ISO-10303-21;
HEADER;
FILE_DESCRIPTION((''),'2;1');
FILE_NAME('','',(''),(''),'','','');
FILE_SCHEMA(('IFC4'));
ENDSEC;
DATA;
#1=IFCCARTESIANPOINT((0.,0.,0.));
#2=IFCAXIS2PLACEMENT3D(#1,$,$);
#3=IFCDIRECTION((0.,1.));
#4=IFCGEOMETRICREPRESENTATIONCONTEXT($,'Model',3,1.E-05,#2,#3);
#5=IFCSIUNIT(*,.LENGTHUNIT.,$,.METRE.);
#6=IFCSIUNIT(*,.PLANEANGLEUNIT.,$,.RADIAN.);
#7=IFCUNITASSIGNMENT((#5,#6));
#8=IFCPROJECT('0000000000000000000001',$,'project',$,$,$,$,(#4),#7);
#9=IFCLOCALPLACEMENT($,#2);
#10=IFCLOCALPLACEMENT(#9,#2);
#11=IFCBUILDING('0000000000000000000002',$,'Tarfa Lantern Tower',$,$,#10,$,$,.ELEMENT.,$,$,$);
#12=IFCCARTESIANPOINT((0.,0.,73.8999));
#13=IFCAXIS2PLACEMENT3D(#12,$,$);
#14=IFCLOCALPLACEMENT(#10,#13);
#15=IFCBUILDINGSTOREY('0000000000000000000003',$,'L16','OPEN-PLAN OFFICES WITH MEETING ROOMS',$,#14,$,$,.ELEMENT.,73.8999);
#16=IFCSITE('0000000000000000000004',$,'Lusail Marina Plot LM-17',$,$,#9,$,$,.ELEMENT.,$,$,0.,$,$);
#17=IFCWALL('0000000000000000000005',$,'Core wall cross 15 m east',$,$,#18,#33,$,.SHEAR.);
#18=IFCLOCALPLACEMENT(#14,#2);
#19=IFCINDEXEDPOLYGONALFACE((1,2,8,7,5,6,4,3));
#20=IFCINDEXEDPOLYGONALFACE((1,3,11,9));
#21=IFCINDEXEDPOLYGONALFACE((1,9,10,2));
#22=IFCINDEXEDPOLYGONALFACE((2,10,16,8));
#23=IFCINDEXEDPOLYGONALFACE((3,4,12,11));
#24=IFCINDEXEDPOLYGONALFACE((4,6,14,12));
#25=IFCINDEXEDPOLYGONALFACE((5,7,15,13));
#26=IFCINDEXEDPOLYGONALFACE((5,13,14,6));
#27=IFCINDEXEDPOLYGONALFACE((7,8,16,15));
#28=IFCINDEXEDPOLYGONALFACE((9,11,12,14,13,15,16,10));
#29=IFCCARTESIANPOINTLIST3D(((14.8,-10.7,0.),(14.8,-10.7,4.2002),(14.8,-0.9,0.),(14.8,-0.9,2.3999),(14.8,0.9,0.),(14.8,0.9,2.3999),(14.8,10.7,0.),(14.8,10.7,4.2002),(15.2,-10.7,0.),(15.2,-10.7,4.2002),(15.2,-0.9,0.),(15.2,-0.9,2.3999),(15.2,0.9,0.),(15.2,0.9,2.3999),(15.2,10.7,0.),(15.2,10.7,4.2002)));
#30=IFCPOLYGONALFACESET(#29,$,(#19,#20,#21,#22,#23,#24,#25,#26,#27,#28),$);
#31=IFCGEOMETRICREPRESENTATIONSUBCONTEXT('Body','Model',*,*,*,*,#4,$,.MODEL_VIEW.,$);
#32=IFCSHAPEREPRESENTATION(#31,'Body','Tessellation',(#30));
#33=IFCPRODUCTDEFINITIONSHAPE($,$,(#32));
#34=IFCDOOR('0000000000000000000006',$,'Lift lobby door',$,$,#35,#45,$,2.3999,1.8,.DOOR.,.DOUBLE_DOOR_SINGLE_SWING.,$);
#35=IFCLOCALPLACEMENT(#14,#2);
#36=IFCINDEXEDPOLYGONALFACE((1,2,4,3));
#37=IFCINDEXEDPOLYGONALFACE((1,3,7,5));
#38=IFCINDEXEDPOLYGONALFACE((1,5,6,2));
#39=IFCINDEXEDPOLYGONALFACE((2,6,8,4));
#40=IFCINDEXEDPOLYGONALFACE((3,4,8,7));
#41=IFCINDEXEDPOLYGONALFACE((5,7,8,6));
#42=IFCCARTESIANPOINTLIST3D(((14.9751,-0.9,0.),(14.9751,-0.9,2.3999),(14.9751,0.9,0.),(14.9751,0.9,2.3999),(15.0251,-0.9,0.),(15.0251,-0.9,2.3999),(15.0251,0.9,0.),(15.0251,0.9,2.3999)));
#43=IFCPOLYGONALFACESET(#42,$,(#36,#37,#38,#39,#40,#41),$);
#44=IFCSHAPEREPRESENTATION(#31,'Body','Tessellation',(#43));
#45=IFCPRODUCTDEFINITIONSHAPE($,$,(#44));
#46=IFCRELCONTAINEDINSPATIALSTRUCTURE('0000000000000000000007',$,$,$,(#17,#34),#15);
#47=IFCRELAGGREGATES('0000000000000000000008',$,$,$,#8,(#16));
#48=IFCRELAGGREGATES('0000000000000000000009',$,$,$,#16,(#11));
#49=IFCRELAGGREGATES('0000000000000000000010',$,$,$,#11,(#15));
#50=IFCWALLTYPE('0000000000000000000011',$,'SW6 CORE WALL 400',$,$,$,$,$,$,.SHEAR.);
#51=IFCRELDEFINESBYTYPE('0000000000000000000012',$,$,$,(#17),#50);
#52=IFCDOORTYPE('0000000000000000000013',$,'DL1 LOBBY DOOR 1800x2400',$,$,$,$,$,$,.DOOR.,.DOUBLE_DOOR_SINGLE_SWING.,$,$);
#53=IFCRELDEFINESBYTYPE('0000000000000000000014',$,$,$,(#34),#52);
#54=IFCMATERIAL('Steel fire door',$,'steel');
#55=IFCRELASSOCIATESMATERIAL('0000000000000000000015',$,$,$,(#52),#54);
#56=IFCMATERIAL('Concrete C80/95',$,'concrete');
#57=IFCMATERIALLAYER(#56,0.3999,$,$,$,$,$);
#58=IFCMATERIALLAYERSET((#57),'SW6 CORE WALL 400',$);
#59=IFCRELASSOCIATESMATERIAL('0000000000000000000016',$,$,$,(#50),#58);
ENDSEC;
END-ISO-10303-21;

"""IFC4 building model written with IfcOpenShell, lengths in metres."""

from ifc_helpers import new_model, si_unit, direction, frame, frame_2d, origin, place, context, subcontext, project, spatial, rectangle, extrude, material, layer, layer_set, type_object, element, fill, save


model = new_model("IFC4")

# Units and contexts
model_context = context("Model", 3, precision=1e-05, world=origin(), true_north=direction((0.0, 1.0)))
body_context = subcontext(model_context, "Body", "Model", "MODEL_VIEW")
ifc_project = project(units=[si_unit("LENGTHUNIT", "METRE"), si_unit("PLANEANGLEUNIT", "RADIAN")], contexts=[model_context])

# Site, building, storey
site_placement = place(None, origin())
site = spatial("IfcSite", under=ifc_project, at=site_placement, Name="Lusail Marina Plot LM-17", CompositionType="ELEMENT", RefElevation=0.0)
building_placement = place(site_placement, origin())
building = spatial("IfcBuilding", under=site, at=building_placement, Name="Tarfa Lantern Tower", CompositionType="ELEMENT")
storey_placement = place(building_placement, frame((0.0, 0.0, 73.8999)))
storey = spatial("IfcBuildingStorey", under=building, at=storey_placement, Name="L16", Description="OPEN-PLAN OFFICES WITH MEETING ROOMS", CompositionType="ELEMENT", Elevation=73.8999)

# Shared definitions
ifc_material_1 = material(Name="Concrete C80/95", Category="concrete")
ifc_material_2 = material(Name="Steel fire door", Category="steel")
door_type_1 = type_object("IfcDoorType", Name="DL1 LOBBY DOOR 1800x2400", OperationType="DOUBLE_DOOR_SINGLE_SWING", PredefinedType="DOOR", material=ifc_material_2)

# Wall, opening, door
ifc_layer_1 = layer(ifc_material_1, 0.3999)
ifc_layer_set_1 = layer_set([ifc_layer_1], Name="SW6 CORE WALL 400")
wall_type_1 = type_object("IfcWallType", Name="SW6 CORE WALL 400", PredefinedType="SHEAR", material=ifc_layer_set_1)
wall_1_placement = place(storey_placement, frame((15.0, -10.7, 0.0), z_axis=(0.0, 0.0, 1.0), x_axis=(0.0, 1.0, 0.0)))
wall_1 = element("IfcWall", 1, at=wall_1_placement, inside=storey, type_object=wall_type_1, Name="Core wall cross 15 m east", PredefinedType="SHEAR", context=body_context, shape_type="SweptSolid", body=[
    extrude(rectangle(XDim=21.3999, YDim=0.3999, at=frame_2d((10.7, 0.0))), origin(), (0.0, 0.0, 1.0), 4.2002),
])
opening_1_placement = place(wall_1_placement, frame((9.8, 0.0, 0.0)))
opening_1 = element("IfcOpeningElement", 2, at=opening_1_placement, cuts=wall_1, PredefinedType="OPENING", context=body_context, shape_type="SweptSolid", body=[
    extrude(rectangle(XDim=1.8, YDim=2.3999, at=frame_2d((0.8999, 1.2))), frame((0.0, 0.21, 0.0), z_axis=(0.0, -1.0, 0.0), x_axis=(1.0, 0.0, 0.0)), (0.0, 0.0, 1.0), 0.4199),
])
door_1_placement = place(opening_1_placement, origin())
door_1 = element("IfcDoor", 3, at=door_1_placement, inside=storey, type_object=door_type_1, Name="Lift lobby door", OperationType="DOUBLE_DOOR_SINGLE_SWING", OverallHeight=2.3999, OverallWidth=1.8, PredefinedType="DOOR", context=body_context, shape_type="SweptSolid", body=[
    extrude(rectangle(XDim=1.8, YDim=2.3999, at=frame_2d((0.8999, 1.2))), frame((0.0, 0.0249, 0.0), z_axis=(0.0, -1.0, 0.0), x_axis=(1.0, 0.0, 0.0)), (0.0, 0.0, 1.0), 0.05),
])
fill(opening_1, door_1)

save(model, "model.ifc")
